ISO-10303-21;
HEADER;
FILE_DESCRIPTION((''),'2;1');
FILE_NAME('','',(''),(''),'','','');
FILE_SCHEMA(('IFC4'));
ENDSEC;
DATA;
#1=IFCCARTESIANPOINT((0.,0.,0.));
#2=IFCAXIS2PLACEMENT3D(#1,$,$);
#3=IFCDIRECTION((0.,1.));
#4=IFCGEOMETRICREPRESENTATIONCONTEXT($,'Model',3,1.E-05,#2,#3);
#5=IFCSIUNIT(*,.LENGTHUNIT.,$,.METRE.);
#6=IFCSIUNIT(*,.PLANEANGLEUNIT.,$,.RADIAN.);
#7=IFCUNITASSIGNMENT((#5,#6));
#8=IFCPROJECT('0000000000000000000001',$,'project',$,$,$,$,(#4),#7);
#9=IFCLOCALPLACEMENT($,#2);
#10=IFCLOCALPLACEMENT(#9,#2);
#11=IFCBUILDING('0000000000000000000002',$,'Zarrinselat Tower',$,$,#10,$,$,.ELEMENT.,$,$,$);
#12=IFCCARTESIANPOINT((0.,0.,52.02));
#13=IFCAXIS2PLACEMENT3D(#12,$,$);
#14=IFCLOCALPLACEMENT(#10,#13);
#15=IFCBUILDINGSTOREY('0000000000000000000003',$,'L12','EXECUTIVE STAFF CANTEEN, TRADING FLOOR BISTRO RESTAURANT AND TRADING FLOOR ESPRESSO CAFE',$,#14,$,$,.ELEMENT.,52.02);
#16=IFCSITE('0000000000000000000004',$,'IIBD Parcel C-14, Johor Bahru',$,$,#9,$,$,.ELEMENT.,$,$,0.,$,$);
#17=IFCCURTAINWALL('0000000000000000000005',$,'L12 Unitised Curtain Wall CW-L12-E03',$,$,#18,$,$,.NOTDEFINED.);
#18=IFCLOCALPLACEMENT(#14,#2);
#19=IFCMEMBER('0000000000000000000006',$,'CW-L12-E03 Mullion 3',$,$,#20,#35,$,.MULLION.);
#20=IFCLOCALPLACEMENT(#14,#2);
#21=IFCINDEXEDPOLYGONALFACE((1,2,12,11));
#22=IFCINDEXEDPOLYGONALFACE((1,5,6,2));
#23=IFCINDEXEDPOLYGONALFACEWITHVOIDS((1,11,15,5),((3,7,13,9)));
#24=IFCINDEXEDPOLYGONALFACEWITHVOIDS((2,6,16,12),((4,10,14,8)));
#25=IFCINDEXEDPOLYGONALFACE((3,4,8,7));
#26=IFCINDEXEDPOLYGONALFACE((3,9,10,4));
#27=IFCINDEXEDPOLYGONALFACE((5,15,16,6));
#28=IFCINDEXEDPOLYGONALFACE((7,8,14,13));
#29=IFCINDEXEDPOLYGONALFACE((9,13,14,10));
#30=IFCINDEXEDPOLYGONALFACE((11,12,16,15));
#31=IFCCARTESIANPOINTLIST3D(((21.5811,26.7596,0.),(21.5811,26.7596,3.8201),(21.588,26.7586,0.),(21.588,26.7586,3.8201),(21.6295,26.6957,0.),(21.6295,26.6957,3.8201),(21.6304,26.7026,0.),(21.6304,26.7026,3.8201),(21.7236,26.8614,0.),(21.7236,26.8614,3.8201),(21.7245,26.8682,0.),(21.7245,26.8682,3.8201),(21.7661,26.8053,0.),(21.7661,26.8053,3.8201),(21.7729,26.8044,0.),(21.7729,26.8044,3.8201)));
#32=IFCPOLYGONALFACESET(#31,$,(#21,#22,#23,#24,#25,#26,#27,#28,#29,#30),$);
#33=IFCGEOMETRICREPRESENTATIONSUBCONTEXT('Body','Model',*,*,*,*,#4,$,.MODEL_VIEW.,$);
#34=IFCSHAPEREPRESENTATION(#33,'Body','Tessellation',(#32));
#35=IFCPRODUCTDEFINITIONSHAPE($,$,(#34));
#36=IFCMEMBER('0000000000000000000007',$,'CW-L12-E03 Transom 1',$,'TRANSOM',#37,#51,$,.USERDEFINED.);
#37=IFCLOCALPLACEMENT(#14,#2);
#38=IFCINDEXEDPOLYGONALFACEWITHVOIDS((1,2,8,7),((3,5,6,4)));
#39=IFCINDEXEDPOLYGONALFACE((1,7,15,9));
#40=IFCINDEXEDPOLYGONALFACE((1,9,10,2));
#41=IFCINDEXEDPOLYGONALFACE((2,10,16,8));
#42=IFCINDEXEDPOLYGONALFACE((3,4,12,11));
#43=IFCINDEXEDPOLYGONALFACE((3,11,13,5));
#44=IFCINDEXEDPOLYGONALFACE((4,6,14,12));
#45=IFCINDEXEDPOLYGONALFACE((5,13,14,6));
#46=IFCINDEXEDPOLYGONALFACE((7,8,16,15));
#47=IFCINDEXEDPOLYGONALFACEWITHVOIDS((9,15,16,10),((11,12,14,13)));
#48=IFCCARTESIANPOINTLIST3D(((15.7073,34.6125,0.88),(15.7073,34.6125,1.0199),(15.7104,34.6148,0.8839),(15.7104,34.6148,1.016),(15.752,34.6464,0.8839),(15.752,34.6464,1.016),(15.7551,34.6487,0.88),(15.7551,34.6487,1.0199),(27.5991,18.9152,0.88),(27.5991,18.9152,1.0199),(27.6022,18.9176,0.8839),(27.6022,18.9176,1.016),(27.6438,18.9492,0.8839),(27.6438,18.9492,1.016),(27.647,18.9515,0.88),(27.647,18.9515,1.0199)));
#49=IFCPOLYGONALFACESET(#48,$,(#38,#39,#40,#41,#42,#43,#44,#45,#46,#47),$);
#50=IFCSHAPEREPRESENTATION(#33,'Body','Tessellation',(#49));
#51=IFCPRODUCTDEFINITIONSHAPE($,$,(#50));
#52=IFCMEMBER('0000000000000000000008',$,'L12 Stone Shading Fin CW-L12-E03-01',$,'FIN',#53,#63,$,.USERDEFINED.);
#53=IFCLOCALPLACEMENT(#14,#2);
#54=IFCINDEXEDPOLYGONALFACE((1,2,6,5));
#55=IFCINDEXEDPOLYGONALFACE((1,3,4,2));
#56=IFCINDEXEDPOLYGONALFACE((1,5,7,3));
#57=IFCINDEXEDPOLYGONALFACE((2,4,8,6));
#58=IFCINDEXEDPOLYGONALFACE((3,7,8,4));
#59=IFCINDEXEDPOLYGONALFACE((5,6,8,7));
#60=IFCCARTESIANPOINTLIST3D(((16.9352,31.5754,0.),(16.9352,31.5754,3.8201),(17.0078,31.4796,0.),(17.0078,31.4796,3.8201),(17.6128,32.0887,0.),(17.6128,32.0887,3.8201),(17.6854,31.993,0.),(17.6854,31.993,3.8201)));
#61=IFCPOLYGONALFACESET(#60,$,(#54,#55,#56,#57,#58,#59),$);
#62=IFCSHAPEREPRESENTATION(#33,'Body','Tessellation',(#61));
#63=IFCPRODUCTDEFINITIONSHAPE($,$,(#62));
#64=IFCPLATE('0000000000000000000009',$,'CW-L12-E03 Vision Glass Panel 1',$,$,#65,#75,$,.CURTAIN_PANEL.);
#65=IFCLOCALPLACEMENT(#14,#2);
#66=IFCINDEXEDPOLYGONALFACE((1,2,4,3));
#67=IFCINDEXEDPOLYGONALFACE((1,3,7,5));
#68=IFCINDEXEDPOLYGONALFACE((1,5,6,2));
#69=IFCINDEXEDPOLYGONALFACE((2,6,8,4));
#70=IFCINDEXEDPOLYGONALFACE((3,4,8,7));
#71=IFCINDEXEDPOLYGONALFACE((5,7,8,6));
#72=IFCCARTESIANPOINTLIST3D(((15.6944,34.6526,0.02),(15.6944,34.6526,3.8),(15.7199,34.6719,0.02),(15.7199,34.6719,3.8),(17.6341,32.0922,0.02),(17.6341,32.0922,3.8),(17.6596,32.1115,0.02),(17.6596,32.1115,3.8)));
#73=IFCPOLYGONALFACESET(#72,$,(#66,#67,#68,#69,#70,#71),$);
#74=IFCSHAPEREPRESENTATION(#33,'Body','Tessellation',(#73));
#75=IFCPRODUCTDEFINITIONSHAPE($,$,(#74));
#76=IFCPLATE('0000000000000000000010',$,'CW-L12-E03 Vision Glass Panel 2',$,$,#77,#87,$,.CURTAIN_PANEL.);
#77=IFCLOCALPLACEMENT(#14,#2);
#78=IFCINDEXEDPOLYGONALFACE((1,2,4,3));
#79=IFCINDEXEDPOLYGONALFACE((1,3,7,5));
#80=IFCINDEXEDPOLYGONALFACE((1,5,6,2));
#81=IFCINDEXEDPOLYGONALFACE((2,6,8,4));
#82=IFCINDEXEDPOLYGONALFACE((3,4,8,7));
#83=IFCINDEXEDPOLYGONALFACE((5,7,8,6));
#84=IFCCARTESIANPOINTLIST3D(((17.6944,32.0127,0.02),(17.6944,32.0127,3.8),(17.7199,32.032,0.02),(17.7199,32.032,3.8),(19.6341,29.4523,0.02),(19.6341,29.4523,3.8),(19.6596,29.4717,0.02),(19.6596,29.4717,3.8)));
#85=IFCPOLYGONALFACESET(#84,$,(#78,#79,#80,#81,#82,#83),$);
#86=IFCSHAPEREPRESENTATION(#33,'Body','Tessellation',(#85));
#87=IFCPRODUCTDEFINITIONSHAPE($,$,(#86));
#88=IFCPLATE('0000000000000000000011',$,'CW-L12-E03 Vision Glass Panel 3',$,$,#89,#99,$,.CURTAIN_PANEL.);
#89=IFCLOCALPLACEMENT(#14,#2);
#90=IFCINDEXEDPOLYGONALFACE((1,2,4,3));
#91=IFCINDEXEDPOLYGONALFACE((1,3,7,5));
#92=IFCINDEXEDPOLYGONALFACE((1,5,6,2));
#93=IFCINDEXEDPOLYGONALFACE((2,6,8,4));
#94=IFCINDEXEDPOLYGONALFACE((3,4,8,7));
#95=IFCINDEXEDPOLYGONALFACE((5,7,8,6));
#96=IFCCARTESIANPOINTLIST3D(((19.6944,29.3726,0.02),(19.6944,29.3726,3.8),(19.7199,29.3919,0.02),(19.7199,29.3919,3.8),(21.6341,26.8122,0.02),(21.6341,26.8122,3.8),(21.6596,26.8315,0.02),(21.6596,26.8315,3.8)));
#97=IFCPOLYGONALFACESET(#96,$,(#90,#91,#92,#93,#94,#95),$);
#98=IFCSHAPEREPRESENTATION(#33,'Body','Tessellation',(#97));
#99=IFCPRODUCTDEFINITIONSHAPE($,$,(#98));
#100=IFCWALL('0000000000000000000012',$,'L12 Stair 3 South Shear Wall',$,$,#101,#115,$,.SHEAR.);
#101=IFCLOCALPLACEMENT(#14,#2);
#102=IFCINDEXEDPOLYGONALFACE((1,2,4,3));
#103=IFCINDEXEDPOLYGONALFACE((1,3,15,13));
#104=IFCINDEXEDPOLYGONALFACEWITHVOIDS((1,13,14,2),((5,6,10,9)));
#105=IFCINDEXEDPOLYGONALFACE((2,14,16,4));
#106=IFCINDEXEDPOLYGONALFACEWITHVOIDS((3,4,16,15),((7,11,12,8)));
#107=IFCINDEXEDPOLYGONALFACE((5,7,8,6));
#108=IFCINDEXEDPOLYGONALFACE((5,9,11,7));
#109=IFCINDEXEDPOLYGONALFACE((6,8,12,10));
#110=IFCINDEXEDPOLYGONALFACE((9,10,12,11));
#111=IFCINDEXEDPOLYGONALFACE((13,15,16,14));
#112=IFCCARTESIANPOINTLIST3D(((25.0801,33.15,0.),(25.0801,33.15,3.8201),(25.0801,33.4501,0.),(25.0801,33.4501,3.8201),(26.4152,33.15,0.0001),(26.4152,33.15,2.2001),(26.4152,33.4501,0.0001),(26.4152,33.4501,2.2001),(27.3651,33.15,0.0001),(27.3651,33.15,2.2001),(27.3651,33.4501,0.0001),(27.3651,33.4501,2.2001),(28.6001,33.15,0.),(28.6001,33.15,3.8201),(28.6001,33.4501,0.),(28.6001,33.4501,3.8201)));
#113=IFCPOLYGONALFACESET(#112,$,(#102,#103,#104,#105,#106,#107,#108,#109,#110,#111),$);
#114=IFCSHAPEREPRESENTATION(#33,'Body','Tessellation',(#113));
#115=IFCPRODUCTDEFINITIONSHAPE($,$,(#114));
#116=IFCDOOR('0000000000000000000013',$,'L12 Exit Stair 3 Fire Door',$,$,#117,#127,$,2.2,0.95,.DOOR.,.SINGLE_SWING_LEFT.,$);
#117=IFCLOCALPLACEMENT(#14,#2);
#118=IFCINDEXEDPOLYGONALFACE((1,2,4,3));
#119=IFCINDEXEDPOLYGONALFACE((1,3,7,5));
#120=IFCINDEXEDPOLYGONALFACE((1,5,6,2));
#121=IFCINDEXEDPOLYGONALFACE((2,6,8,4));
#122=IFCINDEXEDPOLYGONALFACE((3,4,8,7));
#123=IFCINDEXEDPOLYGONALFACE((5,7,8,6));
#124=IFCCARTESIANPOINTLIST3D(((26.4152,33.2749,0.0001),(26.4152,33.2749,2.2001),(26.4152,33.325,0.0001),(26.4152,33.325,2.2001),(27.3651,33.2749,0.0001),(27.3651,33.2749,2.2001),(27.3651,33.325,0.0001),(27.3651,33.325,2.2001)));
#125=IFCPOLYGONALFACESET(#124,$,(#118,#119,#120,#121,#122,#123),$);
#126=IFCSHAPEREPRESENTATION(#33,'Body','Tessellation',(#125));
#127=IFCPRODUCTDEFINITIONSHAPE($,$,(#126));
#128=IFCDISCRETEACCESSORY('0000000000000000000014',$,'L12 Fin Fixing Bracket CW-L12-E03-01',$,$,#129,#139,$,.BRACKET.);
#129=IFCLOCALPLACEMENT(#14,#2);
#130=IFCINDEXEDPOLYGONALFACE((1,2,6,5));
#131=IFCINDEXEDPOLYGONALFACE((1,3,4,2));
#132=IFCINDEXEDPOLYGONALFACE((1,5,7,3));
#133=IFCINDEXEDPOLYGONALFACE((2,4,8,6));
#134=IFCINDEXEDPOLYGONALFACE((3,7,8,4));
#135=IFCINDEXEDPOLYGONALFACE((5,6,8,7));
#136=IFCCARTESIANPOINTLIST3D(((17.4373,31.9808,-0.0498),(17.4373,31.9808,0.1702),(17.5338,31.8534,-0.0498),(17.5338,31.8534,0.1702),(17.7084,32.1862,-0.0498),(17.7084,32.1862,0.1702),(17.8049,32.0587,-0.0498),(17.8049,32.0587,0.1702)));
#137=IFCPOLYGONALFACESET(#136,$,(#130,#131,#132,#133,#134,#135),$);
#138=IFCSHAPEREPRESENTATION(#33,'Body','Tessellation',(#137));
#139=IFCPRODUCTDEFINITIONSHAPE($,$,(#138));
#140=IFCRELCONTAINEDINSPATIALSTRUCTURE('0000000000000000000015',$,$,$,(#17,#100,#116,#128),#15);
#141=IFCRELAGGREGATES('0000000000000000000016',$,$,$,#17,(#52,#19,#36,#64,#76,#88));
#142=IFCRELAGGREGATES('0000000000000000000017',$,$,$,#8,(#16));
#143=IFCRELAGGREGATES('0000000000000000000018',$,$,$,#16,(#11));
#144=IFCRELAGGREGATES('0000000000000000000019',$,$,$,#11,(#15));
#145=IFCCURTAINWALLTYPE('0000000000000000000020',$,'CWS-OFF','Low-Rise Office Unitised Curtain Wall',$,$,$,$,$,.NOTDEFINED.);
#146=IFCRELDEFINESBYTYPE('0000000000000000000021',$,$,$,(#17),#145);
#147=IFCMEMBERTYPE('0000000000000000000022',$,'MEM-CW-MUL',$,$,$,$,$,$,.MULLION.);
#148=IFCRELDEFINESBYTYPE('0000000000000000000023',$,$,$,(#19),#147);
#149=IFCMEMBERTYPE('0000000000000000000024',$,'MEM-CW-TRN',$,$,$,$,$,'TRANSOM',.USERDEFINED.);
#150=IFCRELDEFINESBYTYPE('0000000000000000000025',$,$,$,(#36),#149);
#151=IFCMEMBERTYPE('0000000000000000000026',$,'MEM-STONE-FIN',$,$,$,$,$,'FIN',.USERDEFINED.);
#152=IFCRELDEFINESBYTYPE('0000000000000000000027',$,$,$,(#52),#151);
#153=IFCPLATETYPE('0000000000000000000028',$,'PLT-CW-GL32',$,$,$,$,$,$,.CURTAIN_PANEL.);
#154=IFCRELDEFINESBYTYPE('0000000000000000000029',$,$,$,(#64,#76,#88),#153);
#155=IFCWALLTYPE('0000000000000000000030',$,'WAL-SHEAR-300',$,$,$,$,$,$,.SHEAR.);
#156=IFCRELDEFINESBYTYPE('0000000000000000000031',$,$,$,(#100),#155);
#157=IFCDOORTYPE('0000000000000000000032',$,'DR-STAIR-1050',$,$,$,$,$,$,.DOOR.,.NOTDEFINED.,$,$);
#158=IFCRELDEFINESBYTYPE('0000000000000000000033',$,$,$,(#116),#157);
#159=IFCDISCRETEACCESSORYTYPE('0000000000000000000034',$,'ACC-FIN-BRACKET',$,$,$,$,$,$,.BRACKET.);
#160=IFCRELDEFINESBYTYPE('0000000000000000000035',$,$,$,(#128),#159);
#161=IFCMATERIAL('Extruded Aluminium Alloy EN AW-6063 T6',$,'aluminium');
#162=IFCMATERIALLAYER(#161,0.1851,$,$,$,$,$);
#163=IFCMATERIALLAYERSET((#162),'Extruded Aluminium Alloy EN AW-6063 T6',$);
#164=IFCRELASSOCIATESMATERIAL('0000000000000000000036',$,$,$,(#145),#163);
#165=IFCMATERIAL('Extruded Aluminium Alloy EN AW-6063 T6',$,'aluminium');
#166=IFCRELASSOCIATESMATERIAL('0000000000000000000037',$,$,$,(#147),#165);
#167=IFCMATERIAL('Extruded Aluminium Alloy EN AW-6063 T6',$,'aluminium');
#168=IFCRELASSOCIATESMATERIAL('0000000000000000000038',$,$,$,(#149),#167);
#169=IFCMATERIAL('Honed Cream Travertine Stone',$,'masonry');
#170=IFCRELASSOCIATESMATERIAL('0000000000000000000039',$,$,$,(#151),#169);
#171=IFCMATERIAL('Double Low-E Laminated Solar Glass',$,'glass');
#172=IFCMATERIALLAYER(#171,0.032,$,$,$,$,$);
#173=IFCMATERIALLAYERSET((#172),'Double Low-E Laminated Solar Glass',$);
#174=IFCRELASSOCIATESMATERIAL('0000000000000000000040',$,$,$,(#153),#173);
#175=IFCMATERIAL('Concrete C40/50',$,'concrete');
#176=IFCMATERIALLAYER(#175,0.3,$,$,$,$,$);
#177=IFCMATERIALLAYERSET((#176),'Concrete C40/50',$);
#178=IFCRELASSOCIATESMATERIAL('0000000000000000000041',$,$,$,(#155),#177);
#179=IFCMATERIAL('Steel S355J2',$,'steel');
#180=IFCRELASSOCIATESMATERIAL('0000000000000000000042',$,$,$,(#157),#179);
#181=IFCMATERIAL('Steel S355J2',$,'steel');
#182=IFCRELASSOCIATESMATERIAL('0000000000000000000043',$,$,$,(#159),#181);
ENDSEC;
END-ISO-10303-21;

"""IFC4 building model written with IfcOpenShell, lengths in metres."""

from ifc_helpers import new_model, si_unit, direction, frame, frame_2d, origin, origin_2d, place, context, subcontext, project, spatial, rectangle, hollow_rectangle, extrude, material, layer, layer_set, material_profile, profile_set, type_object, element, fill, aggregate, save


model = new_model("IFC4")

# Units and contexts
model_context = context("Model", 3, precision=1e-05, world=origin(), true_north=direction((0.0, 1.0)))
body_context = subcontext(model_context, "Body", "Model", "MODEL_VIEW")
ifc_project = project(units=[si_unit("LENGTHUNIT", "METRE"), si_unit("PLANEANGLEUNIT", "RADIAN")], contexts=[model_context])

# Site, building, storey
site_placement = place(None, origin())
site = spatial("IfcSite", under=ifc_project, at=site_placement, Name="IIBD Parcel C-14, Johor Bahru", CompositionType="ELEMENT", RefElevation=0.0)
building_placement = place(site_placement, origin())
building = spatial("IfcBuilding", under=site, at=building_placement, Name="Zarrinselat Tower", CompositionType="ELEMENT")
storey_placement = place(building_placement, frame((0.0, 0.0, 52.02)))
storey = spatial("IfcBuildingStorey", under=building, at=storey_placement, Name="L12", Description="EXECUTIVE STAFF CANTEEN, TRADING FLOOR BISTRO RESTAURANT AND TRADING FLOOR ESPRESSO CAFE", CompositionType="ELEMENT", Elevation=52.02)

# Shared definitions
ifc_material_1 = material(Name="Extruded Aluminium Alloy EN AW-6063 T6", Category="aluminium")
ifc_layer_1 = layer(ifc_material_1, 0.1851)
ifc_layer_set_1 = layer_set([ifc_layer_1], Name="Extruded Aluminium Alloy EN AW-6063 T6")
curtain_wall_type = type_object("IfcCurtainWallType", Name="CWS-OFF", Description="Low-Rise Office Unitised Curtain Wall", PredefinedType="NOTDEFINED", material=ifc_layer_set_1)
ifc_material_2 = material(Name="Extruded Aluminium Alloy EN AW-6063 T6", Category="aluminium")
ifc_material_profile_1 = material_profile(ifc_material_2, hollow_rectangle(XDim=0.0801, YDim=0.1799, WallThickness=0.0049, at=origin_2d()), Name="RHS 180x80x5")
ifc_profile_set_1 = profile_set([ifc_material_profile_1], Name="Extruded Aluminium Alloy EN AW-6063 T6")
member_type_1 = type_object("IfcMemberType", Name="MEM-CW-MUL", PredefinedType="MULLION", material=ifc_profile_set_1)

# Curtain wall, members, plates
curtain_wall_1_placement = place(storey_placement, origin())
curtain_wall_1 = element("IfcCurtainWall", 1, at=curtain_wall_1_placement, inside=storey, type_object=curtain_wall_type, Name="L12 Unitised Curtain Wall CW-L12-E03", PredefinedType="NOTDEFINED")
member_1_placement = place(storey_placement, frame((21.677, 26.782, 0.0), z_axis=(0.0, 0.0, 1.0), x_axis=(0.603862, -0.797089, 0.0)))
member_1 = element("IfcMember", 2, at=member_1_placement, type_object=member_type_1, Name="CW-L12-E03 Mullion 3", PredefinedType="MULLION", context=body_context, shape_type="SweptSolid", body=[
    extrude(hollow_rectangle(XDim=0.0801, YDim=0.1799, WallThickness=0.0049, at=origin_2d()), origin(), (0.0, 0.0, 1.0), 3.8201),
])
ifc_material_3 = material(Name="Extruded Aluminium Alloy EN AW-6063 T6", Category="aluminium")
ifc_material_profile_2 = material_profile(ifc_material_3, hollow_rectangle(XDim=0.0601, YDim=0.1399, WallThickness=0.0039, at=origin_2d()), Name="RHS 140x60x4")
ifc_profile_set_2 = profile_set([ifc_material_profile_2], Name="Extruded Aluminium Alloy EN AW-6063 T6")
member_type_2 = type_object("IfcMemberType", Name="MEM-CW-TRN", ElementType="TRANSOM", PredefinedType="USERDEFINED", material=ifc_profile_set_2)
member_2_placement = place(storey_placement, frame((15.7312, 34.6306, 0.95), z_axis=(0.603857, -0.797093, 0.0), x_axis=(0.797093, 0.603857, 0.0)))
member_2 = element("IfcMember", 3, at=member_2_placement, type_object=member_type_2, Name="CW-L12-E03 Transom 1", ObjectType="TRANSOM", PredefinedType="USERDEFINED", context=body_context, shape_type="SweptSolid", body=[
    extrude(hollow_rectangle(XDim=0.0601, YDim=0.1399, WallThickness=0.0039, at=origin_2d()), origin(), (0.0, 0.0, 1.0), 19.6931),
])
ifc_material_4 = material(Name="Honed Cream Travertine Stone", Category="masonry")
ifc_material_profile_3 = material_profile(ifc_material_4, rectangle(XDim=0.1201, YDim=0.8501, at=origin_2d()), Name="FIN 850x120")
ifc_profile_set_3 = profile_set([ifc_material_profile_3], Name="Honed Cream Travertine Stone")
member_type_3 = type_object("IfcMemberType", Name="MEM-STONE-FIN", ElementType="FIN", PredefinedType="USERDEFINED", material=ifc_profile_set_3)
member_3_placement = place(storey_placement, frame((17.3103, 31.7842, 0.0), z_axis=(0.0, 0.0, 1.0), x_axis=(-0.603862, 0.797089, 0.0)))
member_3 = element("IfcMember", 4, at=member_3_placement, type_object=member_type_3, Name="L12 Stone Shading Fin CW-L12-E03-01", ObjectType="FIN", PredefinedType="USERDEFINED", context=body_context, shape_type="SweptSolid", body=[
    extrude(rectangle(XDim=0.1201, YDim=0.8501, at=origin_2d()), origin(), (0.0, 0.0, 1.0), 3.8201),
])
ifc_material_5 = material(Name="Double Low-E Laminated Solar Glass", Category="glass")
ifc_layer_2 = layer(ifc_material_5, 0.032)
ifc_layer_set_2 = layer_set([ifc_layer_2], Name="Double Low-E Laminated Solar Glass")
plate_type = type_object("IfcPlateType", Name="PLT-CW-GL32", PredefinedType="CURTAIN_PANEL", material=ifc_layer_set_2)
plate_1_placement = place(storey_placement, frame((16.677, 33.3821, 0.02), z_axis=(0.0, 0.0, 1.0), x_axis=(0.603862, -0.797089, 0.0)))
plate_1 = element("IfcPlate", 5, at=plate_1_placement, type_object=plate_type, Name="CW-L12-E03 Vision Glass Panel 1", PredefinedType="CURTAIN_PANEL", context=body_context, shape_type="SweptSolid", body=[
    extrude(rectangle(XDim=3.2122, YDim=0.032, at=origin_2d()), origin(), (0.0, 0.0, 1.0), 3.78),
])
plate_2_placement = place(storey_placement, frame((18.677, 30.7422, 0.02), z_axis=(0.0, 0.0, 1.0), x_axis=(0.603862, -0.797089, 0.0)))
plate_2 = element("IfcPlate", 6, at=plate_2_placement, type_object=plate_type, Name="CW-L12-E03 Vision Glass Panel 2", PredefinedType="CURTAIN_PANEL", context=body_context, shape_type="SweptSolid", body=[
    extrude(rectangle(XDim=3.2122, YDim=0.032, at=origin_2d()), origin(), (0.0, 0.0, 1.0), 3.78),
])
plate_3_placement = place(storey_placement, frame((20.677, 28.1021, 0.02), z_axis=(0.0, 0.0, 1.0), x_axis=(0.603862, -0.797089, 0.0)))
plate_3 = element("IfcPlate", 7, at=plate_3_placement, type_object=plate_type, Name="CW-L12-E03 Vision Glass Panel 3", PredefinedType="CURTAIN_PANEL", context=body_context, shape_type="SweptSolid", body=[
    extrude(rectangle(XDim=3.2122, YDim=0.032, at=origin_2d()), origin(), (0.0, 0.0, 1.0), 3.78),
])
aggregate(curtain_wall_1, [member_3, member_1, member_2, plate_1, plate_2, plate_3])

# Wall, opening, door
ifc_material_6 = material(Name="Concrete C40/50", Category="concrete")
ifc_layer_3 = layer(ifc_material_6, 0.3)
ifc_layer_set_3 = layer_set([ifc_layer_3], Name="Concrete C40/50")
wall_type = type_object("IfcWallType", Name="WAL-SHEAR-300", PredefinedType="SHEAR", material=ifc_layer_set_3)
wall_placement = place(storey_placement, frame((25.0801, 33.3, 0.0), z_axis=(0.0, 0.0, 1.0), x_axis=(1.0, 0.0, 0.0)))
wall = element("IfcWall", 8, at=wall_placement, inside=storey, type_object=wall_type, Name="L12 Stair 3 South Shear Wall", PredefinedType="SHEAR", context=body_context, shape_type="SweptSolid", body=[
    extrude(rectangle(XDim=3.52, YDim=0.3, at=frame_2d((1.76, 0.0))), origin(), (0.0, 0.0, 1.0), 3.8201),
])
opening_placement = place(wall_placement, frame((1.335, 0.0, 0.0)))
opening = element("IfcOpeningElement", 9, at=opening_placement, cuts=wall, PredefinedType="OPENING", context=body_context, shape_type="SweptSolid", body=[
    extrude(rectangle(XDim=0.95, YDim=2.2, at=frame_2d((0.4751, 1.1001))), frame((0.0, 0.1599, 0.0), z_axis=(0.0, -1.0, 0.0), x_axis=(1.0, 0.0, 0.0)), (0.0, 0.0, 1.0), 0.3201),
])
ifc_material_7 = material(Name="Steel S355J2", Category="steel")
door_type = type_object("IfcDoorType", Name="DR-STAIR-1050", OperationType="NOTDEFINED", PredefinedType="DOOR", material=ifc_material_7)
door_placement = place(opening_placement, origin())
door = element("IfcDoor", 10, at=door_placement, inside=storey, type_object=door_type, Name="L12 Exit Stair 3 Fire Door", OperationType="SINGLE_SWING_LEFT", OverallHeight=2.2, OverallWidth=0.95, PredefinedType="DOOR", context=body_context, shape_type="SweptSolid", body=[
    extrude(rectangle(XDim=0.95, YDim=2.2, at=frame_2d((0.4751, 1.1001))), frame((0.0, 0.0249, 0.0), z_axis=(0.0, -1.0, 0.0), x_axis=(1.0, 0.0, 0.0)), (0.0, 0.0, 1.0), 0.05),
])
fill(opening, door)

# Discrete accessory
ifc_material_8 = material(Name="Steel S355J2", Category="steel")
discrete_accessory_type = type_object("IfcDiscreteAccessoryType", Name="ACC-FIN-BRACKET", PredefinedType="BRACKET", material=ifc_material_8)
discrete_accessory_placement = place(storey_placement, frame((17.6211, 32.0198, -0.0498), z_axis=(0.0, 0.0, 1.0), x_axis=(-0.797089, -0.603862, 0.0)))
element("IfcDiscreteAccessory", 11, at=discrete_accessory_placement, inside=storey, type_object=discrete_accessory_type, Name="L12 Fin Fixing Bracket CW-L12-E03-01", PredefinedType="BRACKET", context=body_context, shape_type="SweptSolid", body=[
    extrude(rectangle(XDim=0.3401, YDim=0.1599, at=origin_2d()), origin(), (0.0, 0.0, 1.0), 0.22),
])

save(model, "model.ifc")
